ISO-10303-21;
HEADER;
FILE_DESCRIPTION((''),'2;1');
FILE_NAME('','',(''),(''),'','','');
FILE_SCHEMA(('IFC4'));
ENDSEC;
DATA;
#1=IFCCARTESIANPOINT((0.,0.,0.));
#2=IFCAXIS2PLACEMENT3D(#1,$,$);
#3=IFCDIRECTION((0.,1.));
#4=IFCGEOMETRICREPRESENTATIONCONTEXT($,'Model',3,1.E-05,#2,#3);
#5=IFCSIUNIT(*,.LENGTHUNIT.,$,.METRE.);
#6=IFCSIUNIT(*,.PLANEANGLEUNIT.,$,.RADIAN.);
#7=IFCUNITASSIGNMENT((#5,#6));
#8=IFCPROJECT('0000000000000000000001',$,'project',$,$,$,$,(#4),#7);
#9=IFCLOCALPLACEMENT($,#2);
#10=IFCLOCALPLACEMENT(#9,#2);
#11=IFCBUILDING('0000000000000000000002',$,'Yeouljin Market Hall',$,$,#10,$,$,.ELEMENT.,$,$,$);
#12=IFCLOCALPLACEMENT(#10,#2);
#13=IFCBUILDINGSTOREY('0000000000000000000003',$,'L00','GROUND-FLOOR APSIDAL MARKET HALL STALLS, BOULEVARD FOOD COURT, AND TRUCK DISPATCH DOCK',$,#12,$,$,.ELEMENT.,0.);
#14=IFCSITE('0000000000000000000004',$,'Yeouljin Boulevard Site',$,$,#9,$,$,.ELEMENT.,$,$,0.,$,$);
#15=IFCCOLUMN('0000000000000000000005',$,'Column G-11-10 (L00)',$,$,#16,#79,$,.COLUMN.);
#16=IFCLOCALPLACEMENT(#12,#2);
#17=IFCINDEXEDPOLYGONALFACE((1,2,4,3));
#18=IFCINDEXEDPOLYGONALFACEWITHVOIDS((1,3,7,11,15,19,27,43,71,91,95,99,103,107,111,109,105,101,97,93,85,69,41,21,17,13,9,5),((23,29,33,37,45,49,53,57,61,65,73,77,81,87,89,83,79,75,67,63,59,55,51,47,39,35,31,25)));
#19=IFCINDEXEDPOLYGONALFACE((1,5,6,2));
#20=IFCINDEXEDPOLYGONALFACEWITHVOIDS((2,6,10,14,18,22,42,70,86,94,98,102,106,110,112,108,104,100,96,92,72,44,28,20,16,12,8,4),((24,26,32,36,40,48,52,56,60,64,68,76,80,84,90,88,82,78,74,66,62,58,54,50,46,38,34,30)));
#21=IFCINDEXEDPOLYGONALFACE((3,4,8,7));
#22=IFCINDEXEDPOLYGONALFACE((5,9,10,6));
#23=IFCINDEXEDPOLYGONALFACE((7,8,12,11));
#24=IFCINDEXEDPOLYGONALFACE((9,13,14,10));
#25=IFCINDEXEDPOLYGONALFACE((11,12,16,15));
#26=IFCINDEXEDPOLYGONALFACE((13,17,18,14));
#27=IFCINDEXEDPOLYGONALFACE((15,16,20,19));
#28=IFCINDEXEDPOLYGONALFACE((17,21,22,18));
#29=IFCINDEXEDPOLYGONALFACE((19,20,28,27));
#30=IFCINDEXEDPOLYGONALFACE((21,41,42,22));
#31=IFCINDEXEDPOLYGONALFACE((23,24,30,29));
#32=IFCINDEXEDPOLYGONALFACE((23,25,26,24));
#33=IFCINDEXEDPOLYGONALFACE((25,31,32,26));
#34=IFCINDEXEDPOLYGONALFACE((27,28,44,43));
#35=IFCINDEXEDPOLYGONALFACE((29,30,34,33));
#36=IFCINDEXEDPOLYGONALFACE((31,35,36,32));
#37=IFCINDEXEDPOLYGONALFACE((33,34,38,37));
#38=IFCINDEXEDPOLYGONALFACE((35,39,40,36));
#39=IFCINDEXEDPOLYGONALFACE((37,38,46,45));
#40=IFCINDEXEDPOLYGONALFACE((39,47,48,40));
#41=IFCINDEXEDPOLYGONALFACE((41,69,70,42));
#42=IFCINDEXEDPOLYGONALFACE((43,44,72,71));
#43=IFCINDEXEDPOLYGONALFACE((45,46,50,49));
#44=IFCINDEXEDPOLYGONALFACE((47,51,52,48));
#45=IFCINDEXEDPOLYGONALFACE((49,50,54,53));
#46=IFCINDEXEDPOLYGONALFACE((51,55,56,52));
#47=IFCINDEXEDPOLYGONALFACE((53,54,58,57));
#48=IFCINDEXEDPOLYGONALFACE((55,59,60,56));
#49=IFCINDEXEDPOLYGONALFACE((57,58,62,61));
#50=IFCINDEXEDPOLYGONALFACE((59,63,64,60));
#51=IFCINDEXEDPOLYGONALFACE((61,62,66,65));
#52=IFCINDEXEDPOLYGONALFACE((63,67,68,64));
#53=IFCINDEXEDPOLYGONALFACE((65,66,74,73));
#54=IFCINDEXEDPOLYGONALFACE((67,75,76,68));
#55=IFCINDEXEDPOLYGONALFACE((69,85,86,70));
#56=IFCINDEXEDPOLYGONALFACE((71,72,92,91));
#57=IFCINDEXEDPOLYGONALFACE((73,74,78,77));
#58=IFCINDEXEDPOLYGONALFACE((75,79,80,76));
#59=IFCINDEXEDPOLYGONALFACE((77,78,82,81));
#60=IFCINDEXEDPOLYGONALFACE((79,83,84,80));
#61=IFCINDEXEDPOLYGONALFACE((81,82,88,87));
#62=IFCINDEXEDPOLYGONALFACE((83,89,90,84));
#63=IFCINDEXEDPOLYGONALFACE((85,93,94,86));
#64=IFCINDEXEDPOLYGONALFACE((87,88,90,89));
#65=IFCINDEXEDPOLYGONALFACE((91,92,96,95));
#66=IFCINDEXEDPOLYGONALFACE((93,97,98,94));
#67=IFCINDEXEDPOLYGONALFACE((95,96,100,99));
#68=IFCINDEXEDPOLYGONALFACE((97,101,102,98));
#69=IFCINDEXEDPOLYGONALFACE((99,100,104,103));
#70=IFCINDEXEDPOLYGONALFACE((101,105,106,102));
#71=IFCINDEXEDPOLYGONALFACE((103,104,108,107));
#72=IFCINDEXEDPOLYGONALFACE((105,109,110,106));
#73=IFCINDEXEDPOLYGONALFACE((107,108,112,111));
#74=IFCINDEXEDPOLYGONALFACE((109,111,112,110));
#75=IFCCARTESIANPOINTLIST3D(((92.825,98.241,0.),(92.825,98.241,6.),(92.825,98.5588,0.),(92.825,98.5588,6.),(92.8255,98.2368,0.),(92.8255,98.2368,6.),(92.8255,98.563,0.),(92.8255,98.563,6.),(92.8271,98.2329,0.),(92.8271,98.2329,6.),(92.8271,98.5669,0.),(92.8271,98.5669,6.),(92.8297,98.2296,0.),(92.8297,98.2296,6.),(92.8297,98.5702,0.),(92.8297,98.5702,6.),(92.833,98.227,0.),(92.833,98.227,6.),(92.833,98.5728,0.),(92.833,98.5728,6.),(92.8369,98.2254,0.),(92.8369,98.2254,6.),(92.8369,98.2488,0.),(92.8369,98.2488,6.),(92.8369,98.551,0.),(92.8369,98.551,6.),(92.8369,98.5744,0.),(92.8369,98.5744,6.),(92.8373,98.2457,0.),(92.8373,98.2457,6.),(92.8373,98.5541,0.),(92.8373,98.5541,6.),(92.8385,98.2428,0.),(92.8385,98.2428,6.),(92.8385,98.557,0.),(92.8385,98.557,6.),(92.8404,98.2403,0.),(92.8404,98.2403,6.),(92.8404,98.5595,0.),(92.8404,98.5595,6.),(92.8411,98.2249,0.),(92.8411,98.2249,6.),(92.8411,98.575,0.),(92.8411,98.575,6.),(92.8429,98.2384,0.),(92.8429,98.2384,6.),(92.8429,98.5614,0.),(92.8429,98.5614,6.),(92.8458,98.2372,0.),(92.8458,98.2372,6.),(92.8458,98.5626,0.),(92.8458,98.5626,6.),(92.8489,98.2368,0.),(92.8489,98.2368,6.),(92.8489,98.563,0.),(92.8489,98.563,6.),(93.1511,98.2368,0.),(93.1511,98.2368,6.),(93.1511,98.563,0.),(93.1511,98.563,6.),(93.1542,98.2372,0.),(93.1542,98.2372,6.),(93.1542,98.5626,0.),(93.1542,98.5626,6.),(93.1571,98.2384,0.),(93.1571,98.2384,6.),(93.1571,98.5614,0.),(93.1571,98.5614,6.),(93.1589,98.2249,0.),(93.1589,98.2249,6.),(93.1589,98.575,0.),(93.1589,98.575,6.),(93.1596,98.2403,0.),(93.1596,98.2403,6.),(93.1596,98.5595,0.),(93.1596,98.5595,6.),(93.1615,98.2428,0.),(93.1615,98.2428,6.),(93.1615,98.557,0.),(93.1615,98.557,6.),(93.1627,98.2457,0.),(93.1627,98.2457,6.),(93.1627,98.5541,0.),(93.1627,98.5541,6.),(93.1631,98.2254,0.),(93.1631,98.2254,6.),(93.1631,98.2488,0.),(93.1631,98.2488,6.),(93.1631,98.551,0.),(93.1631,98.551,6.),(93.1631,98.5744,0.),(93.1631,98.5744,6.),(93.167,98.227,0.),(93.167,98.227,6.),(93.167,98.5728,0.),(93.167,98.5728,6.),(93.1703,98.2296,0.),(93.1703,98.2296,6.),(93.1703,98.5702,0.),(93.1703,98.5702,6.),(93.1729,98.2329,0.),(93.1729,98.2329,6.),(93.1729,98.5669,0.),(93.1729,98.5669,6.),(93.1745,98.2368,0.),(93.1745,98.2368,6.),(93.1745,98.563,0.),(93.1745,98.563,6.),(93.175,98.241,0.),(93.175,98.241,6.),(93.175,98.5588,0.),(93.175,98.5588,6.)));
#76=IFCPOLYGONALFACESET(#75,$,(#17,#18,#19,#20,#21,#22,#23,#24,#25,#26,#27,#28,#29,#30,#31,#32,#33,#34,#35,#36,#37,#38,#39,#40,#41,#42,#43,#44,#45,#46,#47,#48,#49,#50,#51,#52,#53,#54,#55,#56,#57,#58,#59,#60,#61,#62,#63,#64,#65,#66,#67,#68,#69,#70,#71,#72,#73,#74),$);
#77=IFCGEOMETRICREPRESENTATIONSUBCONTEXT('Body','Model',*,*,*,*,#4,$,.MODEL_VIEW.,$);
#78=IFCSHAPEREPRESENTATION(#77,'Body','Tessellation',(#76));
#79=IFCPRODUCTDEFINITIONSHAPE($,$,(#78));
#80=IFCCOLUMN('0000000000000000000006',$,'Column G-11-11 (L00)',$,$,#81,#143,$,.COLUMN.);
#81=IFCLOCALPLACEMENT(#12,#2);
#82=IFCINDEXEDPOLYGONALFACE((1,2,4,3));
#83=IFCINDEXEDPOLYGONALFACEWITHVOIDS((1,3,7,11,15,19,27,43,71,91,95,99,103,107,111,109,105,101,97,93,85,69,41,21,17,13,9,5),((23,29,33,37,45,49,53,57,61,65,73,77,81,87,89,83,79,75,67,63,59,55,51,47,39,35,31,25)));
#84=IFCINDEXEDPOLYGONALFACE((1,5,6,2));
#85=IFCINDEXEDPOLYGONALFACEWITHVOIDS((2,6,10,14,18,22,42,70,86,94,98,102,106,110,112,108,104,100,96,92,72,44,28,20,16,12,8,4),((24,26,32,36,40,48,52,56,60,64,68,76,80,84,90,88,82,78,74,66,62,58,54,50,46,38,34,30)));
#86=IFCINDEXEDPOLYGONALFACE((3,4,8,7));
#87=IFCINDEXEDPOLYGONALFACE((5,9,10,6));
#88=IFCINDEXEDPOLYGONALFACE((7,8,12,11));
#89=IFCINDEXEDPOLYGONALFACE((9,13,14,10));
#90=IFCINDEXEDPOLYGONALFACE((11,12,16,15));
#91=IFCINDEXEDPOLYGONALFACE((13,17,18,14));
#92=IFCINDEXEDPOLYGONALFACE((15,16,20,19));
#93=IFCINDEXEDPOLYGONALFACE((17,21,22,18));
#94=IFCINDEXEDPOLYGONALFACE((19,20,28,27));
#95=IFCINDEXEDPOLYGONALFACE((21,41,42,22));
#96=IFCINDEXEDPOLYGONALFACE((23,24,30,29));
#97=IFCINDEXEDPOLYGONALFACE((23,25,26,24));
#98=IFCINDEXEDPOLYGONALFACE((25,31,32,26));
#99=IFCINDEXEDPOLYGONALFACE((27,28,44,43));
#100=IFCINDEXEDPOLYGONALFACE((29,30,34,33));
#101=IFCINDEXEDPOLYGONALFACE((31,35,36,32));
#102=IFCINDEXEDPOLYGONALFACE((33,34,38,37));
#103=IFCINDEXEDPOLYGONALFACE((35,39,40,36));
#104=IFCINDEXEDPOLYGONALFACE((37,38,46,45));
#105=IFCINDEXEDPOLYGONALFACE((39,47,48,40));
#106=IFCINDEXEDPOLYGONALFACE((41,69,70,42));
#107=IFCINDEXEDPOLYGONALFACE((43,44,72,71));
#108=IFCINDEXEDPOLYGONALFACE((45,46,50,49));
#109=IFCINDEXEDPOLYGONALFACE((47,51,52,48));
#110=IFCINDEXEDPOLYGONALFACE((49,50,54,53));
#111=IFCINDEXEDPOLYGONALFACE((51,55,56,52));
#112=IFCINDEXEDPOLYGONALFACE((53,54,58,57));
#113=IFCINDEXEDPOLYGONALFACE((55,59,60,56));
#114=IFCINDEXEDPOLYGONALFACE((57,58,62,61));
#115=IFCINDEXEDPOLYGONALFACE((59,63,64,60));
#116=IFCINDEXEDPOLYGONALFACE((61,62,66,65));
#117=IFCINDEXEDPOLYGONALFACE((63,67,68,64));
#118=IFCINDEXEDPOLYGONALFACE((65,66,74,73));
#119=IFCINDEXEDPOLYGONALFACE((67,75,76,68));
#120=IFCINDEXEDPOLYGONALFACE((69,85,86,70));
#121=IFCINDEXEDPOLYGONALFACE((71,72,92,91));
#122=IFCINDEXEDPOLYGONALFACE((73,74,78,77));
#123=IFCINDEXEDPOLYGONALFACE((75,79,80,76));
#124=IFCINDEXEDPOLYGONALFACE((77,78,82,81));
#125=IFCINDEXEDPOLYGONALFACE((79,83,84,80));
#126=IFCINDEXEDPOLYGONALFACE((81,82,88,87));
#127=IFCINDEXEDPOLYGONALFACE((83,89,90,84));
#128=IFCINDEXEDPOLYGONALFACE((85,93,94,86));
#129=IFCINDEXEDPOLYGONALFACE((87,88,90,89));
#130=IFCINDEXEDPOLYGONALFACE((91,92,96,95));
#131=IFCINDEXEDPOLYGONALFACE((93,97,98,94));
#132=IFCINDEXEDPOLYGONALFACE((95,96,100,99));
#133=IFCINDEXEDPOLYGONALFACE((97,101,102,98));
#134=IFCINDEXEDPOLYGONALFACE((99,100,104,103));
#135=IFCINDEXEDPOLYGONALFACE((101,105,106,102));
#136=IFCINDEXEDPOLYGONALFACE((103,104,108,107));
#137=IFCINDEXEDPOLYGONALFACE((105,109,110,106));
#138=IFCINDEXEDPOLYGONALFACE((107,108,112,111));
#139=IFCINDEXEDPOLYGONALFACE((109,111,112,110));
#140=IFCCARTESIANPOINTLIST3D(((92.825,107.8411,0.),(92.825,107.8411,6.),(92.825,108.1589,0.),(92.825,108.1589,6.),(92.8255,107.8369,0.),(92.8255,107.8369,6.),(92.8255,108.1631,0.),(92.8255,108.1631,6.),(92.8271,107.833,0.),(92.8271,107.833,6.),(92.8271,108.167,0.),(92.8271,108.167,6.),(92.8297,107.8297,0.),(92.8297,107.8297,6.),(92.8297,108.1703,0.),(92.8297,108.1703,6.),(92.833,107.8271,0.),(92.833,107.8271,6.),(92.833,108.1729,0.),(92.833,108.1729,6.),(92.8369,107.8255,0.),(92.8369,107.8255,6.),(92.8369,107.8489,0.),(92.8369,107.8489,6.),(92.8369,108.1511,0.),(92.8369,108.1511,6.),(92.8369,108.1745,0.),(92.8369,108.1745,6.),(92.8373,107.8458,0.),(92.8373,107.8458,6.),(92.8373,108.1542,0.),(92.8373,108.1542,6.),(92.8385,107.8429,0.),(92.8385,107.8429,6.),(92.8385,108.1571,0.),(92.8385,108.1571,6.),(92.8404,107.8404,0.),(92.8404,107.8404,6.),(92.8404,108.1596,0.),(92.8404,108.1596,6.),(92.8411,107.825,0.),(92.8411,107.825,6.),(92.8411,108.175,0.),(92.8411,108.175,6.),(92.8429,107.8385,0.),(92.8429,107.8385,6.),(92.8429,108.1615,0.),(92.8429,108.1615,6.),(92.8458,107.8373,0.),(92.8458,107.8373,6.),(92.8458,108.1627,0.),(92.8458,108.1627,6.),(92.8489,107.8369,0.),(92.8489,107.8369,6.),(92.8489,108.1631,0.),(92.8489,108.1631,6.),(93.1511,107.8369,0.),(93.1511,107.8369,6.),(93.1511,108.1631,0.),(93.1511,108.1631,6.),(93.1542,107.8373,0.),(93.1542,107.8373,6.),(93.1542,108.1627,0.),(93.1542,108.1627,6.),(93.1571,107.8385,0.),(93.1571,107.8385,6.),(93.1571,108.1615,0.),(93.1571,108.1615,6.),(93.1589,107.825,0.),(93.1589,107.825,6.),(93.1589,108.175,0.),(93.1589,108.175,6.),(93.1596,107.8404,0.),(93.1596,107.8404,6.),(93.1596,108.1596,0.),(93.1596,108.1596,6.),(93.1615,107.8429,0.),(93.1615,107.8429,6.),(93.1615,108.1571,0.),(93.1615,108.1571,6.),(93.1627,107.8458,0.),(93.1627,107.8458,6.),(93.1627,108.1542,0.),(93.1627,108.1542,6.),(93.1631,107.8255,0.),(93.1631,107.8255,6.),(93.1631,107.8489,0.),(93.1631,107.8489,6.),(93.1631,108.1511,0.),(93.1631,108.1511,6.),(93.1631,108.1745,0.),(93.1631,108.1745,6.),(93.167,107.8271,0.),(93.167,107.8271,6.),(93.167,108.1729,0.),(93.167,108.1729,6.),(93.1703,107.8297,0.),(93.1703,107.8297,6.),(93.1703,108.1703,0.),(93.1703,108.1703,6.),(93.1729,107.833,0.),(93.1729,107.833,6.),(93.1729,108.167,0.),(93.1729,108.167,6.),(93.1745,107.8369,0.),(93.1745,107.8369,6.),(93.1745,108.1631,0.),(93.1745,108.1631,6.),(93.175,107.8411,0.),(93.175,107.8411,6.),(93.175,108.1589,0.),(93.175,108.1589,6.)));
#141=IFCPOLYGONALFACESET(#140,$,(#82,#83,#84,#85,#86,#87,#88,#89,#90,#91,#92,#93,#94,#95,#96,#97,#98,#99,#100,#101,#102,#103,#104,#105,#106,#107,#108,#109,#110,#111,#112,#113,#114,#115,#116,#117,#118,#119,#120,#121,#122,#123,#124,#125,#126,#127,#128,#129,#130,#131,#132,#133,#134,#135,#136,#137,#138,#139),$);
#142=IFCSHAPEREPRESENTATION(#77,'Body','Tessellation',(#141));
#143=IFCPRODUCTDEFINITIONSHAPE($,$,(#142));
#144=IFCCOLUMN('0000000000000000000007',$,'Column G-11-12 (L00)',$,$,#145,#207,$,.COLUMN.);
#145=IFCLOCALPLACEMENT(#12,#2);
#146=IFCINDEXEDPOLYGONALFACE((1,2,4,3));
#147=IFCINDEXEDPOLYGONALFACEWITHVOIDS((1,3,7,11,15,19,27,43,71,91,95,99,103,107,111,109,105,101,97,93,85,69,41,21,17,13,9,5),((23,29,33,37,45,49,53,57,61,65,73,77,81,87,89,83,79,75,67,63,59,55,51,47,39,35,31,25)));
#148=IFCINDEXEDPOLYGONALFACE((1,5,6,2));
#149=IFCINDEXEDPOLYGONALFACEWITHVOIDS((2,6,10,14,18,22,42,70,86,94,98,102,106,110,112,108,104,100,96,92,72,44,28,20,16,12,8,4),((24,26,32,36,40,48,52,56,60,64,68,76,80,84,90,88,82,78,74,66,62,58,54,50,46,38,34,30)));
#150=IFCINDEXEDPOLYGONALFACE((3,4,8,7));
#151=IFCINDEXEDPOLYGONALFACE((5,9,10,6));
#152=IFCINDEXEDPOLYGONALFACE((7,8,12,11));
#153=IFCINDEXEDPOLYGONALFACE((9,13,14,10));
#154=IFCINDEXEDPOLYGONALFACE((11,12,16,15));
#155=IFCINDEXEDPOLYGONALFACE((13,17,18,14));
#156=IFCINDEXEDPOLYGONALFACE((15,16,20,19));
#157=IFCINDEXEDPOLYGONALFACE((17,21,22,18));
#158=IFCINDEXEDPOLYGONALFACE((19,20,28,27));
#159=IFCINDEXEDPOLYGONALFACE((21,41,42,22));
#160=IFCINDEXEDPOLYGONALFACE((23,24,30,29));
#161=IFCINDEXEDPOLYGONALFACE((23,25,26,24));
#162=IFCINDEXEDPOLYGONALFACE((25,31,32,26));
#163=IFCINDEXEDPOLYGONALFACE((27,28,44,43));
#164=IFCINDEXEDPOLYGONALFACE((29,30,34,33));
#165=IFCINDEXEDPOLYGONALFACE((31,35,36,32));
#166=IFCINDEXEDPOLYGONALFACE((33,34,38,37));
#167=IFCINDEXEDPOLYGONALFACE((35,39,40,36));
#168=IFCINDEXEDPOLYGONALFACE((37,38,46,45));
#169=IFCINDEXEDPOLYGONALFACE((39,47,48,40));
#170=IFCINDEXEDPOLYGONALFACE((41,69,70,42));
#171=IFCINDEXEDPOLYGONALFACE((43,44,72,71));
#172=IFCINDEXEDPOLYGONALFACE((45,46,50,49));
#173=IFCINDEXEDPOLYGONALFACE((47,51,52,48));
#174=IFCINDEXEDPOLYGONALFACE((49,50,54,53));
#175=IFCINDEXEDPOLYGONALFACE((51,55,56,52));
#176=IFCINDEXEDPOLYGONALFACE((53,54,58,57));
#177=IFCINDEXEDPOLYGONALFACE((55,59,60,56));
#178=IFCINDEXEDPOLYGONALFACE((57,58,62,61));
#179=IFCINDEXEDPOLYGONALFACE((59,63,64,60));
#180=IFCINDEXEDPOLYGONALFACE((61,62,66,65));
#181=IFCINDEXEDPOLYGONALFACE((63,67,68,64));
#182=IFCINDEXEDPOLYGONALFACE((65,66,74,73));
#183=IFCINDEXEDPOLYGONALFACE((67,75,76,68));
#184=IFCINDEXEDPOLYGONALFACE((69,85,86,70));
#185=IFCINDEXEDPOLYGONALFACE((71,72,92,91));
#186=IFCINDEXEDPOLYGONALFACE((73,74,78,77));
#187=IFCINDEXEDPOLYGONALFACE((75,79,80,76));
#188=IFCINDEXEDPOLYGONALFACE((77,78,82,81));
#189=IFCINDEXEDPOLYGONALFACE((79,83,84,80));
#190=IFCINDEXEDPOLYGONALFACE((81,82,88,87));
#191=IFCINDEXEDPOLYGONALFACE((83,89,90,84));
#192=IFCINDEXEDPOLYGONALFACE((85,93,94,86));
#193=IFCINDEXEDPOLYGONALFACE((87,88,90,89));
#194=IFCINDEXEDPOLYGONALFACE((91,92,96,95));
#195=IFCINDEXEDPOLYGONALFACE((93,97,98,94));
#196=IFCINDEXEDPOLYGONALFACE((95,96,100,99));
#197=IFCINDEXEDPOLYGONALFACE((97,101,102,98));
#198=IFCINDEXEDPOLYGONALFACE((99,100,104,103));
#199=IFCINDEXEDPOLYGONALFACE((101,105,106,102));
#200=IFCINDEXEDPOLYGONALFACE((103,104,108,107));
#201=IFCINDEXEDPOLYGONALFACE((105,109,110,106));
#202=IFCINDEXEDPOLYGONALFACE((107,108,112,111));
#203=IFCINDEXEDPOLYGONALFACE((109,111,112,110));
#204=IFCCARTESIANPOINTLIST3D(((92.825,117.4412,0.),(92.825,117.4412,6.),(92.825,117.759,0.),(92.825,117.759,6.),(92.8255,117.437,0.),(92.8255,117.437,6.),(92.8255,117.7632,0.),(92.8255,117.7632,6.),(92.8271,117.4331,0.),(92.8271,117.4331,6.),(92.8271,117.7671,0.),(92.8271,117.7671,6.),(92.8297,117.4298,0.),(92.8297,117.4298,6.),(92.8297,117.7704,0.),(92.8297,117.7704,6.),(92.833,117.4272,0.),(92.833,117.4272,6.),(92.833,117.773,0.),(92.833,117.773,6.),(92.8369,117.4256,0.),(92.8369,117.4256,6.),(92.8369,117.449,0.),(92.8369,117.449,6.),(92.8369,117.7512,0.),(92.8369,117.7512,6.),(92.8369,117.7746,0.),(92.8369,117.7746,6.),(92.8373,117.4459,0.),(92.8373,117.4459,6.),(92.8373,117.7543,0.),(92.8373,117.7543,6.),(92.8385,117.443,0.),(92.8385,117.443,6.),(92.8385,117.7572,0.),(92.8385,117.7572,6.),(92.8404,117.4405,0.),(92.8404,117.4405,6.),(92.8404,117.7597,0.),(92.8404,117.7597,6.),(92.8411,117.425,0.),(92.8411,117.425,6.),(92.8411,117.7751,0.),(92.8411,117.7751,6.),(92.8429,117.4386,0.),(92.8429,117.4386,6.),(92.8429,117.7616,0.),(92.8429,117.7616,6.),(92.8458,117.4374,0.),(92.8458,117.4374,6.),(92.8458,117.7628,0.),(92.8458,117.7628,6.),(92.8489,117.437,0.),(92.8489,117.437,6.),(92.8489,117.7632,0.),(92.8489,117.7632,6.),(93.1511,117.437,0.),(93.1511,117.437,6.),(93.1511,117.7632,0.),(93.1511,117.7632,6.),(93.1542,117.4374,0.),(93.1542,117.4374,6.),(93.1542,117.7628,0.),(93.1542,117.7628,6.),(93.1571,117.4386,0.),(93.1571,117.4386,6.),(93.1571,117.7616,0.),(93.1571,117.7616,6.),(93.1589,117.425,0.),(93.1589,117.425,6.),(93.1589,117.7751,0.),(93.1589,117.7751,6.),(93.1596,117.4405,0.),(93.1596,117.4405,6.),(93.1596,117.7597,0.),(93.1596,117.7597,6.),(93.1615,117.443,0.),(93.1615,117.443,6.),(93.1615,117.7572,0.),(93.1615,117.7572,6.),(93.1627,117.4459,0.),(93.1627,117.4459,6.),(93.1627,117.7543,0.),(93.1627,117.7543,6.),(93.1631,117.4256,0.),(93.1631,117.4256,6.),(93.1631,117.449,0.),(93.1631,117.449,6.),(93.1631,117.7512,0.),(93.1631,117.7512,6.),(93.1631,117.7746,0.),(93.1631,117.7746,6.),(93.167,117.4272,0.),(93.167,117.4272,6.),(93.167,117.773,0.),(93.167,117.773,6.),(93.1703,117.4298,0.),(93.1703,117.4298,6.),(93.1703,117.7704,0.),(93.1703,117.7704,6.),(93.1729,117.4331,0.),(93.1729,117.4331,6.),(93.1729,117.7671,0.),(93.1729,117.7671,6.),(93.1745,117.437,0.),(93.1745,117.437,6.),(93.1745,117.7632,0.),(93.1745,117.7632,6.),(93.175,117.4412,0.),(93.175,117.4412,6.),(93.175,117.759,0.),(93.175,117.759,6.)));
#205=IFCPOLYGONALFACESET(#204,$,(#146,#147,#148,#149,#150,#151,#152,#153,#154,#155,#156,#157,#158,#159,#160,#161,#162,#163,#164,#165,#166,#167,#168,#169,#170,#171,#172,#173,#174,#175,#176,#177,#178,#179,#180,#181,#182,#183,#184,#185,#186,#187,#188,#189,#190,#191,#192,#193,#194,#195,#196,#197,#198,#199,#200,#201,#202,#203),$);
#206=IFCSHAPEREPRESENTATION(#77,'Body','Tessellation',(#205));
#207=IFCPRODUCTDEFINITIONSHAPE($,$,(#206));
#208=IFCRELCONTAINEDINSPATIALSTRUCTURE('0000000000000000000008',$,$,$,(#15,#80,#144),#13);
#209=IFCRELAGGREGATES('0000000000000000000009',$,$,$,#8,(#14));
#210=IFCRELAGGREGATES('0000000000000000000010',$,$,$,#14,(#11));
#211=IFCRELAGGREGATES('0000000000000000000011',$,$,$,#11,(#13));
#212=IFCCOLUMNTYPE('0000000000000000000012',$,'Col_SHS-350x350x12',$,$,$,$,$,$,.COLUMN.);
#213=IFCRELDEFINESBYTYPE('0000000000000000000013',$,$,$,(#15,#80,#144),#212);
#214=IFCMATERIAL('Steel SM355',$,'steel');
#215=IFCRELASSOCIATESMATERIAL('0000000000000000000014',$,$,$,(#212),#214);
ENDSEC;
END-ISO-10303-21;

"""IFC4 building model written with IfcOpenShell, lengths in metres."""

from ifc_helpers import new_model, si_unit, direction, frame, origin, origin_2d, place, context, subcontext, project, spatial, hollow_rectangle, extrude, material, material_profile, profile_set, type_object, element, save


model = new_model("IFC4")

# Units and contexts
model_context = context("Model", 3, precision=1e-05, world=origin(), true_north=direction((0.0, 1.0)))
body_context = subcontext(model_context, "Body", "Model", "MODEL_VIEW")
ifc_project = project(units=[si_unit("LENGTHUNIT", "METRE"), si_unit("PLANEANGLEUNIT", "RADIAN")], contexts=[model_context])

# Site, building, storey
site_placement = place(None, origin())
site = spatial("IfcSite", under=ifc_project, at=site_placement, Name="Yeouljin Boulevard Site", CompositionType="ELEMENT", RefElevation=0.0)
building_placement = place(site_placement, origin())
building = spatial("IfcBuilding", under=site, at=building_placement, Name="Yeouljin Market Hall", CompositionType="ELEMENT")
storey_placement = place(building_placement, origin())
storey = spatial("IfcBuildingStorey", under=building, at=storey_placement, Name="L00", Description="GROUND-FLOOR APSIDAL MARKET HALL STALLS, BOULEVARD FOOD COURT, AND TRUCK DISPATCH DOCK", CompositionType="ELEMENT", Elevation=0.0)

# Columns
ifc_material_1 = material(Name="Steel SM355", Category="steel")
ifc_material_profile = material_profile(ifc_material_1, hollow_rectangle(XDim=0.3501, YDim=0.3501, WallThickness=0.012, InnerFilletRadius=0.012, OuterFilletRadius=0.0161, at=origin_2d()), Name="SHS-350x350x12")
ifc_profile_set = profile_set([ifc_material_profile], Name="Steel SM355")
column_type = type_object("IfcColumnType", Name="Col_SHS-350x350x12", PredefinedType="COLUMN", material=ifc_profile_set)
for number, where, z_axis, x_axis, name in (
    (1, (93.0, 98.3999, 0.0), (0.0, 0.0, 1.0), (1.0, 0.0, 0.0), "Column G-11-10 (L00)"),
    (2, (93.0, 108.0, 0.0), (0.0, 0.0, 1.0), (1.0, 0.0, 0.0), "Column G-11-11 (L00)"),
    (3, (93.0, 117.6001, 0.0), (0.0, 0.0, 1.0), (1.0, 0.0, 0.0), "Column G-11-12 (L00)"),
):
    element("IfcColumn", number, at=place(storey_placement, frame(where, z_axis=z_axis, x_axis=x_axis)), inside=storey, type_object=column_type, Name=name, PredefinedType="COLUMN", context=body_context, shape_type="SweptSolid", body=[
        extrude(hollow_rectangle(XDim=0.3501, YDim=0.3501, WallThickness=0.012, InnerFilletRadius=0.012, OuterFilletRadius=0.0161, at=origin_2d()), origin(), (0.0, 0.0, 1.0), 6.0),
    ])

save(model, "model.ifc")
